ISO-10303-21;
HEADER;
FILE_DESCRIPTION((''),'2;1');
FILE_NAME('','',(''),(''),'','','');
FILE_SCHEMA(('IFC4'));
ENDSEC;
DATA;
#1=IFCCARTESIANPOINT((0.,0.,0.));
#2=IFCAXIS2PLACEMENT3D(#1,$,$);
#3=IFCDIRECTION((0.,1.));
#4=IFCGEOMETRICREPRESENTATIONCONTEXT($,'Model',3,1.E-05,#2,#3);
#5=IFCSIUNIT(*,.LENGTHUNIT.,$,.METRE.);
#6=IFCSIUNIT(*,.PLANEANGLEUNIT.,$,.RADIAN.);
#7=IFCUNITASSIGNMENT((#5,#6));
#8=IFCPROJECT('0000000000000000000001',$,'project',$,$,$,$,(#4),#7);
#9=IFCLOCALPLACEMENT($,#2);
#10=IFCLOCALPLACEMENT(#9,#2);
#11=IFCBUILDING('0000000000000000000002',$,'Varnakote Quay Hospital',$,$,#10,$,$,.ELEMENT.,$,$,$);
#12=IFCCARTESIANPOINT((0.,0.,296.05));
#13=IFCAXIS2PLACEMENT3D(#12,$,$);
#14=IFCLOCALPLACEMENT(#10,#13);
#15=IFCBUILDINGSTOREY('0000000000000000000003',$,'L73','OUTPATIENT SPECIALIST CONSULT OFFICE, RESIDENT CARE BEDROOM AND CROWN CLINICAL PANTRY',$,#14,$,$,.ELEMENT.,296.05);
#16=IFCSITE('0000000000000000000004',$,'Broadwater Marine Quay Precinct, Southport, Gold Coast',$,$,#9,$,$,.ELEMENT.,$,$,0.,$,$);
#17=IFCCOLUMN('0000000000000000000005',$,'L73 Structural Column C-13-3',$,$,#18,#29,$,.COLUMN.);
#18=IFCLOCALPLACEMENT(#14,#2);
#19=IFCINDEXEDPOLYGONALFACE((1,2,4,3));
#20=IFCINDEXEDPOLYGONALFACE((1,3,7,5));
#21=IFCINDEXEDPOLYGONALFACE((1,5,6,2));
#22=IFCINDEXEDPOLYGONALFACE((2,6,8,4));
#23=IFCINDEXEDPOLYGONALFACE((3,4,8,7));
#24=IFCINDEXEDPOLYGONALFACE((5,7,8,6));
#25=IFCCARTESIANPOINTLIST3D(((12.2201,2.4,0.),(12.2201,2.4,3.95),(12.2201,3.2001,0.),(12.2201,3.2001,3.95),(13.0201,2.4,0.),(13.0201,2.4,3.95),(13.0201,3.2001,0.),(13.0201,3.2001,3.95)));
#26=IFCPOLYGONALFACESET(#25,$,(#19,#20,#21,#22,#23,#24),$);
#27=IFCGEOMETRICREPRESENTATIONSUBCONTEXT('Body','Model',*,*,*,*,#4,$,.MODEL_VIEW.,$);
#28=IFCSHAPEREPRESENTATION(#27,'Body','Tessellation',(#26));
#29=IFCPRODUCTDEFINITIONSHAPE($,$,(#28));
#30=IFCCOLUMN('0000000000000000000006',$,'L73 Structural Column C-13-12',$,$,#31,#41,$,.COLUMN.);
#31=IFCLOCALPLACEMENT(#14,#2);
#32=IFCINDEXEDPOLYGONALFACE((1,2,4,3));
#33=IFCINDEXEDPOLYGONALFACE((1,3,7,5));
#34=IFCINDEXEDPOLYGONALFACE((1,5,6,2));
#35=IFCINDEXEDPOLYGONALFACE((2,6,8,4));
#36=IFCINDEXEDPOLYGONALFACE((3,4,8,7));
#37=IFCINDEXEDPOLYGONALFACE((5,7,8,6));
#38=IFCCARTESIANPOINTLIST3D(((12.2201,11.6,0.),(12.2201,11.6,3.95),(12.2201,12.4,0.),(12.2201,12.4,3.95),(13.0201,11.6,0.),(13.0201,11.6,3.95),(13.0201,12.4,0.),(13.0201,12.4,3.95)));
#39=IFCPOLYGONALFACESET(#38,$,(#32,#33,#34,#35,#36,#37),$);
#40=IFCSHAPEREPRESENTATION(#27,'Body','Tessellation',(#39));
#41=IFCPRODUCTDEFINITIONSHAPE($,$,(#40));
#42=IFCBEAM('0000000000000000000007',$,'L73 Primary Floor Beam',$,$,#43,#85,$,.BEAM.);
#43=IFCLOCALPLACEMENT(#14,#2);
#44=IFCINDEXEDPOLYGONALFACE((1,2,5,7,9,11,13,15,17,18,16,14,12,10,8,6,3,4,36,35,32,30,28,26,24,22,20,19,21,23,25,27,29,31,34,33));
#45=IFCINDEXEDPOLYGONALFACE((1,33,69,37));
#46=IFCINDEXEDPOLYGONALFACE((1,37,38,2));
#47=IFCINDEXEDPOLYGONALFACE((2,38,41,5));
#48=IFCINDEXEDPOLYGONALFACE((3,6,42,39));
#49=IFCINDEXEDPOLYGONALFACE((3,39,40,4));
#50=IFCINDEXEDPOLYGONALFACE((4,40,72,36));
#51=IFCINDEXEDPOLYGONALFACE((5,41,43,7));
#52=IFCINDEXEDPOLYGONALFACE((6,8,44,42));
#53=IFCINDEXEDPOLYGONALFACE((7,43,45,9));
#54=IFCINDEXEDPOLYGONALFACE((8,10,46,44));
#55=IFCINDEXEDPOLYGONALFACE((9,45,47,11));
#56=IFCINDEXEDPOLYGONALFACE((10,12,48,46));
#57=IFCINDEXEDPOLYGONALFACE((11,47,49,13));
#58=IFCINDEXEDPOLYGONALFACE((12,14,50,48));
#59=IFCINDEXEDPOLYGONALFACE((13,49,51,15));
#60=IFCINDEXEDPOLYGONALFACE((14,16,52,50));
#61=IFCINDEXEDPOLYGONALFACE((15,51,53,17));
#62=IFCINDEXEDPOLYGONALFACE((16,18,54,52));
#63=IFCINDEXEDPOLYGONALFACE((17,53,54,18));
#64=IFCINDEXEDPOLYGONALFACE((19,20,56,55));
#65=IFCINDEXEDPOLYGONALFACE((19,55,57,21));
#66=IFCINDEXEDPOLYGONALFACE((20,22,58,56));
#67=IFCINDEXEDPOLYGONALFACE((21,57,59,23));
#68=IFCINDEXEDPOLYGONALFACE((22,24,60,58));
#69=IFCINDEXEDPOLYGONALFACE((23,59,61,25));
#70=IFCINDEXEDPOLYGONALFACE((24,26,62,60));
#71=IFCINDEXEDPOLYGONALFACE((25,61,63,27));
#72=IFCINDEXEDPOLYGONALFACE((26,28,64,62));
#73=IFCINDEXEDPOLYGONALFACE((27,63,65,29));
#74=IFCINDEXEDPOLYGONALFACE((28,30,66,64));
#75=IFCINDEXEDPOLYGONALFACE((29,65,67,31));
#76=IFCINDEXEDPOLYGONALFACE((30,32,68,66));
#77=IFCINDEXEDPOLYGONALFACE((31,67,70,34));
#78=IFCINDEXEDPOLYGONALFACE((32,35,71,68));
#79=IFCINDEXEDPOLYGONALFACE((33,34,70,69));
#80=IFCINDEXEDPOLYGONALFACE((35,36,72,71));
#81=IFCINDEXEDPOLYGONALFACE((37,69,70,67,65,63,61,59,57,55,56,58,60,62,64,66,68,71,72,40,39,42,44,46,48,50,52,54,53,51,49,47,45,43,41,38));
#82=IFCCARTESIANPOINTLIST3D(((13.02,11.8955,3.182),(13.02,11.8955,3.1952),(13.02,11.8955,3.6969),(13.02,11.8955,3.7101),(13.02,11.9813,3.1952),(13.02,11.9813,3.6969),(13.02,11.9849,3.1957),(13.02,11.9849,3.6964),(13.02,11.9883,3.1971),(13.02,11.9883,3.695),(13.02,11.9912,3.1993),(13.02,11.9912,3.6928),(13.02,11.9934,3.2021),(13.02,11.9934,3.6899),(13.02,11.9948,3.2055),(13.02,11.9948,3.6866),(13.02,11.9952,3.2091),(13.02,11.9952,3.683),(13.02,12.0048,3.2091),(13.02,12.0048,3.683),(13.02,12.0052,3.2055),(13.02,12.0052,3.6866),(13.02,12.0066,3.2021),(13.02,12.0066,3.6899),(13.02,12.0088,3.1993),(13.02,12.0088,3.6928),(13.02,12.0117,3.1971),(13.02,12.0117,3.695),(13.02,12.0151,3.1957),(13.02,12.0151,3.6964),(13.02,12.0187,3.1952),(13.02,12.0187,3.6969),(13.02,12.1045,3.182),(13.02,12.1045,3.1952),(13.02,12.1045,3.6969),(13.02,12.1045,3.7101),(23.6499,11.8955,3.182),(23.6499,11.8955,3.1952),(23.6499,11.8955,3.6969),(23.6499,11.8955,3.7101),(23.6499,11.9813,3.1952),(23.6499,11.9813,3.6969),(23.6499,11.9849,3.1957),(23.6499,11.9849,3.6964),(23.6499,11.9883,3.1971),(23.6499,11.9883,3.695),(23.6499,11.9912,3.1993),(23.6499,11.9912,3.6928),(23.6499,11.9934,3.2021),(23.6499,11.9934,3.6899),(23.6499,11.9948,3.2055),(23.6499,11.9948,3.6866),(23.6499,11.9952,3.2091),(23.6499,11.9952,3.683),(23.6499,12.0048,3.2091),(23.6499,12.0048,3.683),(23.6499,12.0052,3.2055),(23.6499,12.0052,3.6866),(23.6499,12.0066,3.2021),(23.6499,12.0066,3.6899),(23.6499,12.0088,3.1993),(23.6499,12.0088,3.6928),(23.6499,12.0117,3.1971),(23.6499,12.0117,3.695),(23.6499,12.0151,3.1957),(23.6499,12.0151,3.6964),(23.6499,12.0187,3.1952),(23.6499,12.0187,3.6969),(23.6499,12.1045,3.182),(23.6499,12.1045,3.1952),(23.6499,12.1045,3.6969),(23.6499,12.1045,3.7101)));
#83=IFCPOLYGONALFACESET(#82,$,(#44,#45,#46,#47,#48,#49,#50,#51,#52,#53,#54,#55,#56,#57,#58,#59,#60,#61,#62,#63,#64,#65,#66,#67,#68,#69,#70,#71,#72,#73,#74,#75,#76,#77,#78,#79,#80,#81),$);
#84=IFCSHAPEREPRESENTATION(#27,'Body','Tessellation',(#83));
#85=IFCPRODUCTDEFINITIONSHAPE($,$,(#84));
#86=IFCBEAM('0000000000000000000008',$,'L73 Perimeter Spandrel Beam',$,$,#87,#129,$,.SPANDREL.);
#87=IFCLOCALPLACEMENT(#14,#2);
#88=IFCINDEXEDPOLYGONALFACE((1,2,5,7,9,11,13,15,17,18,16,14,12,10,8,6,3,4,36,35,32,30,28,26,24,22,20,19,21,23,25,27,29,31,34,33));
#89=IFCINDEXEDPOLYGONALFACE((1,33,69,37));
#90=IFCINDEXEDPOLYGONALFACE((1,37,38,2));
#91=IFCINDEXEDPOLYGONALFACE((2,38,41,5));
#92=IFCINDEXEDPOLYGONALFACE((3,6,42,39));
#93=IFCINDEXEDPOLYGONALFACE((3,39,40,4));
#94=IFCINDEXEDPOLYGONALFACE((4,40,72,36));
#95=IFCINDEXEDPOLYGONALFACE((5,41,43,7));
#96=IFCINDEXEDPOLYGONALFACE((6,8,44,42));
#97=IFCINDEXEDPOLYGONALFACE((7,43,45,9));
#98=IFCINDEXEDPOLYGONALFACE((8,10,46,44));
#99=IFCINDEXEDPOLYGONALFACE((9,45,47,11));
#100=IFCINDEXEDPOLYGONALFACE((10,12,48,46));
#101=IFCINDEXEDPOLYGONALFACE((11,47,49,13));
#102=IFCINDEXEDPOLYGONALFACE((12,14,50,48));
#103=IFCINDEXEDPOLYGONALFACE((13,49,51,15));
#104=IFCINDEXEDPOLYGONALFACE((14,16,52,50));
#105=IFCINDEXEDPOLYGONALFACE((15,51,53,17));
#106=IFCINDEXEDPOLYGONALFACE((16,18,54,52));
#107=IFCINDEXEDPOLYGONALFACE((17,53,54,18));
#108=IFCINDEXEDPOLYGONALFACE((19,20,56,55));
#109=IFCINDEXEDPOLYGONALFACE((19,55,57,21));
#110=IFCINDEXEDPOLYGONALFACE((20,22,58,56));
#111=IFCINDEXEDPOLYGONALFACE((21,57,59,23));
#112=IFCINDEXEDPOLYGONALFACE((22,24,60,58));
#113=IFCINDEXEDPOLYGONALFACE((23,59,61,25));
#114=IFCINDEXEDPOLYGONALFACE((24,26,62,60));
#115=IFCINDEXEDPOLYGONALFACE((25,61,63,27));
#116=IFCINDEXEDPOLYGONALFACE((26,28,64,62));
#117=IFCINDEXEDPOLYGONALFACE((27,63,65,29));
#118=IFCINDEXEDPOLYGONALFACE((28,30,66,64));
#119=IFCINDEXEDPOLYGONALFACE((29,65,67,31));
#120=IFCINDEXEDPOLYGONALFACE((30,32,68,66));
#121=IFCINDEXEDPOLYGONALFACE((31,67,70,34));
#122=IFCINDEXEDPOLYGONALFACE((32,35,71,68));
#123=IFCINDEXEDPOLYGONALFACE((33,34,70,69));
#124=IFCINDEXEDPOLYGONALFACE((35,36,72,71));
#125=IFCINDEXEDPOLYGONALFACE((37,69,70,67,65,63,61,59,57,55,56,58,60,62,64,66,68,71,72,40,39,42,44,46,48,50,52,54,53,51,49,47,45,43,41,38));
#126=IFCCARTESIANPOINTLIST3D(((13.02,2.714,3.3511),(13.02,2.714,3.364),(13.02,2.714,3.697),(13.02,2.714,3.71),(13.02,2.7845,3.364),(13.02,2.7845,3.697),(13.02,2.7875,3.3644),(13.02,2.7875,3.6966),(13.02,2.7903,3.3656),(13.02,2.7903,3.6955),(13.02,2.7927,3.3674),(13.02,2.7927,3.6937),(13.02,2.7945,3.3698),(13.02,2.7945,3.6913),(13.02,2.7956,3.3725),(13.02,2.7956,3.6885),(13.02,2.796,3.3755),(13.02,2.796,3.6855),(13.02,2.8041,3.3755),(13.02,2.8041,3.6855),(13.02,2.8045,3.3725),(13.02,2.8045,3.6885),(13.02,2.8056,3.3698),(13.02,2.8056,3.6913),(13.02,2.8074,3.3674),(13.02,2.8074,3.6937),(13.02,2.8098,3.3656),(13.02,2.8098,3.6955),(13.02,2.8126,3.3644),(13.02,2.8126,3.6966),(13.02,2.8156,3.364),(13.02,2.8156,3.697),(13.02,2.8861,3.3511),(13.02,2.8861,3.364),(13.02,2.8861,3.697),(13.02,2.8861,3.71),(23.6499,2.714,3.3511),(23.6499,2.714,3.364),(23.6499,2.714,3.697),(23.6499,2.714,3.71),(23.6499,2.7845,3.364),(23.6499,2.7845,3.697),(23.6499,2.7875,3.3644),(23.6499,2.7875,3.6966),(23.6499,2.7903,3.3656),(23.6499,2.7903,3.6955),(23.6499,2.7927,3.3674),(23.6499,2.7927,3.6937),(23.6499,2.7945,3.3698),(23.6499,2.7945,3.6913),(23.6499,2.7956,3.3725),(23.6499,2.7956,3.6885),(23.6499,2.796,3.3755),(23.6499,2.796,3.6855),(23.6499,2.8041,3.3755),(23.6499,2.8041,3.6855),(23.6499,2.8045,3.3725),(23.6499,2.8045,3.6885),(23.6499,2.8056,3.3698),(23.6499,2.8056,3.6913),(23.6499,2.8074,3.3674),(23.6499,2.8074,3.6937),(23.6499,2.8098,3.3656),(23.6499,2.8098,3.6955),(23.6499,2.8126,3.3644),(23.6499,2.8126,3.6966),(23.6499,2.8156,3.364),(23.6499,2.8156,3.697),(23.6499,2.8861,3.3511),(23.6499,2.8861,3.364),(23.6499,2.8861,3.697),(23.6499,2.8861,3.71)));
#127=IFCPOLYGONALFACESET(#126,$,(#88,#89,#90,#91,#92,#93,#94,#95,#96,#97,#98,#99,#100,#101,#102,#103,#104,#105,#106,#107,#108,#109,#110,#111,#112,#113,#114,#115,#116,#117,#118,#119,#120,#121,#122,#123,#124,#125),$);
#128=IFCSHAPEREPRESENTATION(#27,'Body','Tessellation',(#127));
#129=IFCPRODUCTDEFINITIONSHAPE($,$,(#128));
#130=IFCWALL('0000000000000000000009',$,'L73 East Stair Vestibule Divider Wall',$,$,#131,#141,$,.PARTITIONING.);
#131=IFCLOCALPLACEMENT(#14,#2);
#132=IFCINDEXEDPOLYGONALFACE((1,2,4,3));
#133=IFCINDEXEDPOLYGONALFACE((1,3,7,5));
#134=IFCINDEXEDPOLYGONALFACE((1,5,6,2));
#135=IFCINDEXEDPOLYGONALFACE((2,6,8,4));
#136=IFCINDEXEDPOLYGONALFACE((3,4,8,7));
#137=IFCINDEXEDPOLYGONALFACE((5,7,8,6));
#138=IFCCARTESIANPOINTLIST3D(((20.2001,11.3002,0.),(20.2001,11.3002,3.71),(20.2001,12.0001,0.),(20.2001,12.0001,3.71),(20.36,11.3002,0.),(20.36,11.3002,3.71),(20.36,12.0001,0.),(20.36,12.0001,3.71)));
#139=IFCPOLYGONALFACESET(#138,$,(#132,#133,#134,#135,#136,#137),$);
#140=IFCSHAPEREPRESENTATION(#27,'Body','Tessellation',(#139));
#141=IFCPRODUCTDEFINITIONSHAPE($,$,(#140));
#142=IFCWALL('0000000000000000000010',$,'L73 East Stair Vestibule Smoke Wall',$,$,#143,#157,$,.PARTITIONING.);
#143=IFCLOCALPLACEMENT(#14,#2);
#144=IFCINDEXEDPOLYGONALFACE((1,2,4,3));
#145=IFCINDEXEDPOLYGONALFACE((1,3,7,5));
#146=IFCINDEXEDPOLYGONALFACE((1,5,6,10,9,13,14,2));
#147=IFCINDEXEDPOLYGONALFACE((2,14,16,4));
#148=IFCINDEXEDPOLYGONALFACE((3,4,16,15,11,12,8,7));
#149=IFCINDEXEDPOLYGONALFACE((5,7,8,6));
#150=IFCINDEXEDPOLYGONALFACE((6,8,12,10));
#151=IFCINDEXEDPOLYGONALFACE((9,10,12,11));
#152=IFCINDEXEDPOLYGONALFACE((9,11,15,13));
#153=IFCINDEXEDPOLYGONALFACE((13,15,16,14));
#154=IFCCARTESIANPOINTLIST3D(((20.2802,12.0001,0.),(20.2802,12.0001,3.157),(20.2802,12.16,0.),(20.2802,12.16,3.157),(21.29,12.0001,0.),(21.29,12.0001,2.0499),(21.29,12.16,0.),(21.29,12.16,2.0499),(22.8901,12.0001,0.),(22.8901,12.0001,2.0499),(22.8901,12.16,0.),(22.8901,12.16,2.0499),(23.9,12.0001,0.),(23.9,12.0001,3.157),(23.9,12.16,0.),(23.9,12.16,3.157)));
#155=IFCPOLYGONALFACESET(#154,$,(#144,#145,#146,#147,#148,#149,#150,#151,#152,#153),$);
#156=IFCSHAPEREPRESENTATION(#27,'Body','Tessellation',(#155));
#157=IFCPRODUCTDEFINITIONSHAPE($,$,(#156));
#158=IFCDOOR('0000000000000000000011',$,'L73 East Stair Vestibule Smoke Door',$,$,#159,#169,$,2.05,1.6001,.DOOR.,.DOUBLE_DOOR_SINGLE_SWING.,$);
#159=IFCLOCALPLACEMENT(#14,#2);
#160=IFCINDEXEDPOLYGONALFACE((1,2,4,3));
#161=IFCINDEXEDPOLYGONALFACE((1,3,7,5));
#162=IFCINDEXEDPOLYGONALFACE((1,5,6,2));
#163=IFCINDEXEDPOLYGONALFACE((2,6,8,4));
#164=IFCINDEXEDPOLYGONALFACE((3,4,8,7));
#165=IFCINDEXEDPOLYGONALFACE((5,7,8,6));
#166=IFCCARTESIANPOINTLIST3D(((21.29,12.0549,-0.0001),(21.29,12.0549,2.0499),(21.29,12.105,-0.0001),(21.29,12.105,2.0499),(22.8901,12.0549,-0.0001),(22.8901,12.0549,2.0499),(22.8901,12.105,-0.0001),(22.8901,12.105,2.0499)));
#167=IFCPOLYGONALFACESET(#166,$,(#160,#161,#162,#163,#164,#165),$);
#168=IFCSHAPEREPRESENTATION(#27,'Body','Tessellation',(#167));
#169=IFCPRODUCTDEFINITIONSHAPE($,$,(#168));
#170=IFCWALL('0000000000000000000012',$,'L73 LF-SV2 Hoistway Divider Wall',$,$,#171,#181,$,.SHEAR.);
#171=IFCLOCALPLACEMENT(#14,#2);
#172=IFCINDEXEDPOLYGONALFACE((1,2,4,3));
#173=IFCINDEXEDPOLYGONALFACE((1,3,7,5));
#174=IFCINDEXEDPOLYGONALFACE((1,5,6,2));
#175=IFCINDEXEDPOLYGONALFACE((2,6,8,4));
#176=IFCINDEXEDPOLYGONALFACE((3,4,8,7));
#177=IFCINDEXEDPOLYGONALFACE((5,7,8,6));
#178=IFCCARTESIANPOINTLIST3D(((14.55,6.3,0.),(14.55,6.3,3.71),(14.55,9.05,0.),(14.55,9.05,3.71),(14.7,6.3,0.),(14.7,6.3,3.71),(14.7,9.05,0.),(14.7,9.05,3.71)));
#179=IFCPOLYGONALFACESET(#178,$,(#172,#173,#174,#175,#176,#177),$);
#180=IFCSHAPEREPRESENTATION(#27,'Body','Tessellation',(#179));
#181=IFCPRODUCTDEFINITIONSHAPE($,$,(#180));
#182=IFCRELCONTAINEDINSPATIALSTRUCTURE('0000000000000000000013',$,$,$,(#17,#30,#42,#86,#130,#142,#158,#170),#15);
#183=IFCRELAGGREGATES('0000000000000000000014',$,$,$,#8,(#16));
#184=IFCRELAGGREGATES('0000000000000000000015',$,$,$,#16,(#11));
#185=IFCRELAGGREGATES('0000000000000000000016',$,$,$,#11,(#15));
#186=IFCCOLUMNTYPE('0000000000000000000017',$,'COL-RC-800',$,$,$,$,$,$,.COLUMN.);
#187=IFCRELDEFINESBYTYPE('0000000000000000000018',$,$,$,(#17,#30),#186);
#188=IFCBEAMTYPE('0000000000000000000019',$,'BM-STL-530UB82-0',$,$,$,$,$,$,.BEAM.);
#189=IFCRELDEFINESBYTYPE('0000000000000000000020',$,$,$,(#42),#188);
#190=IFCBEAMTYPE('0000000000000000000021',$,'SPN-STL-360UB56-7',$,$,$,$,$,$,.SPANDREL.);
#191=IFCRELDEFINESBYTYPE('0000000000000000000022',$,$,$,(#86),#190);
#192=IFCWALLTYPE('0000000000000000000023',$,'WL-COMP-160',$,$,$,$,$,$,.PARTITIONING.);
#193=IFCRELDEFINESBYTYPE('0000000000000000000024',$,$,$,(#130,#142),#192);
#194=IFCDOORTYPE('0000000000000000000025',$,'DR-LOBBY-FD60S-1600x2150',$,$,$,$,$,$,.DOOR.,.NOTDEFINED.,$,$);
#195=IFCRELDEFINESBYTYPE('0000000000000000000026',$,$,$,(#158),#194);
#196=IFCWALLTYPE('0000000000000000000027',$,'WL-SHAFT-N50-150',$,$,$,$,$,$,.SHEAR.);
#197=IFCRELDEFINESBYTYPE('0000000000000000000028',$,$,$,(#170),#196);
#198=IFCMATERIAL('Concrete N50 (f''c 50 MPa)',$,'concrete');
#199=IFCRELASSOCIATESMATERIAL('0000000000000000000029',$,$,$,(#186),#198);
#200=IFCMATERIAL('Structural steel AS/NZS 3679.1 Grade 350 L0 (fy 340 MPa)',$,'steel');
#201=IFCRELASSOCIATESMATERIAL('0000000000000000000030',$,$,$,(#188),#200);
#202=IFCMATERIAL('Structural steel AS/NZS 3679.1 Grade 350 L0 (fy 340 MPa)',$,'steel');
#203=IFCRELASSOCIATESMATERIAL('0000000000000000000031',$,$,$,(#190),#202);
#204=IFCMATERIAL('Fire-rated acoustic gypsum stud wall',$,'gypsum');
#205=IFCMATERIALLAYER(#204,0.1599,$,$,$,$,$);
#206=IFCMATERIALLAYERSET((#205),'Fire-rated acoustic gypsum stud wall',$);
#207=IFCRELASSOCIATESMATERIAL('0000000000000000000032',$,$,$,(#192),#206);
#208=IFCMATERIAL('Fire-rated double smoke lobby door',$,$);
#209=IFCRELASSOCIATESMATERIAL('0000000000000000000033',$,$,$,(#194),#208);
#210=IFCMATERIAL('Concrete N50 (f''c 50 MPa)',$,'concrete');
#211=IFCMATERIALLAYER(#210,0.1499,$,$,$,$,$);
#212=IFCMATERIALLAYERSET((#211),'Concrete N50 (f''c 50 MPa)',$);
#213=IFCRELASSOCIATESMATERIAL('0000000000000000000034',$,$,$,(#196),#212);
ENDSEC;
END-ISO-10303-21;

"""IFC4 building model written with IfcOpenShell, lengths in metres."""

from ifc_helpers import new_model, si_unit, direction, frame, frame_2d, origin, origin_2d, place, context, subcontext, project, spatial, rectangle, i_section, extrude, material, layer, layer_set, material_profile, profile_set, type_object, element, fill, save


model = new_model("IFC4")

# Units and contexts
model_context = context("Model", 3, precision=1e-05, world=origin(), true_north=direction((0.0, 1.0)))
body_context = subcontext(model_context, "Body", "Model", "MODEL_VIEW")
ifc_project = project(units=[si_unit("LENGTHUNIT", "METRE"), si_unit("PLANEANGLEUNIT", "RADIAN")], contexts=[model_context])

# Site, building, storey
site_placement = place(None, origin())
site = spatial("IfcSite", under=ifc_project, at=site_placement, Name="Broadwater Marine Quay Precinct, Southport, Gold Coast", CompositionType="ELEMENT", RefElevation=0.0)
building_placement = place(site_placement, origin())
building = spatial("IfcBuilding", under=site, at=building_placement, Name="Varnakote Quay Hospital", CompositionType="ELEMENT")
storey_placement = place(building_placement, frame((0.0, 0.0, 296.05)))
storey = spatial("IfcBuildingStorey", under=building, at=storey_placement, Name="L73", Description="OUTPATIENT SPECIALIST CONSULT OFFICE, RESIDENT CARE BEDROOM AND CROWN CLINICAL PANTRY", CompositionType="ELEMENT", Elevation=296.05)

# Columns
ifc_material_1 = material(Name="Concrete N50 (f'c 50 MPa)", Category="concrete")
ifc_material_profile_1 = material_profile(ifc_material_1, rectangle(XDim=0.8, YDim=0.8, at=origin_2d()), Name="RC-COL-800x800")
ifc_profile_set_1 = profile_set([ifc_material_profile_1], Name="Concrete N50 (f'c 50 MPa)")
column_type = type_object("IfcColumnType", Name="COL-RC-800", PredefinedType="COLUMN", material=ifc_profile_set_1)
for number, where, z_axis, x_axis, name in (
    (1, (12.6201, 2.8, 0.0), (0.0, 0.0, 1.0), (1.0, 0.0, 0.0), "L73 Structural Column C-13-3"),
    (2, (12.6201, 12.0, 0.0), (0.0, 0.0, 1.0), (1.0, 0.0, 0.0), "L73 Structural Column C-13-12"),
):
    element("IfcColumn", number, at=place(storey_placement, frame(where, z_axis=z_axis, x_axis=x_axis)), inside=storey, type_object=column_type, Name=name, PredefinedType="COLUMN", context=body_context, shape_type="SweptSolid", body=[
        extrude(rectangle(XDim=0.8, YDim=0.8, at=origin_2d()), origin(), (0.0, 0.0, 1.0), 3.95),
    ])

# Beams
ifc_material_2 = material(Name="Structural steel AS/NZS 3679.1 Grade 350 L0 (fy 340 MPa)", Category="steel")
ifc_material_profile_2 = material_profile(ifc_material_2, i_section(OverallWidth=0.209, OverallDepth=0.5281, WebThickness=0.0095, FlangeThickness=0.0132, FilletRadius=0.0139, at=origin_2d()), Name="530UB82.0")
ifc_profile_set_2 = profile_set([ifc_material_profile_2], Name="Structural steel AS/NZS 3679.1 Grade 350 L0 (fy 340 MPa)")
beam_type_1 = type_object("IfcBeamType", Name="BM-STL-530UB82-0", PredefinedType="BEAM", material=ifc_profile_set_2)
beam_1_placement = place(storey_placement, frame((13.02, 12.0, 3.446), z_axis=(1.0, 0.0, 0.0), x_axis=(0.0, 1.0, 0.0)))
element("IfcBeam", 3, at=beam_1_placement, inside=storey, type_object=beam_type_1, Name="L73 Primary Floor Beam", PredefinedType="BEAM", context=body_context, shape_type="SweptSolid", body=[
    extrude(i_section(OverallWidth=0.209, OverallDepth=0.5281, WebThickness=0.0095, FlangeThickness=0.0132, FilletRadius=0.0139, at=origin_2d()), origin(), (0.0, 0.0, 1.0), 10.6299),
])
ifc_material_3 = material(Name="Structural steel AS/NZS 3679.1 Grade 350 L0 (fy 340 MPa)", Category="steel")
ifc_material_profile_3 = material_profile(ifc_material_3, i_section(OverallWidth=0.1721, OverallDepth=0.3589, WebThickness=0.0081, FlangeThickness=0.0129, FilletRadius=0.0115, at=origin_2d()), Name="360UB56.7")
ifc_profile_set_3 = profile_set([ifc_material_profile_3], Name="Structural steel AS/NZS 3679.1 Grade 350 L0 (fy 340 MPa)")
beam_type_2 = type_object("IfcBeamType", Name="SPN-STL-360UB56-7", PredefinedType="SPANDREL", material=ifc_profile_set_3)
beam_2_placement = place(storey_placement, frame((13.02, 2.8, 3.5305), z_axis=(1.0, 0.0, 0.0), x_axis=(0.0, 1.0, 0.0)))
element("IfcBeam", 4, at=beam_2_placement, inside=storey, type_object=beam_type_2, Name="L73 Perimeter Spandrel Beam", PredefinedType="SPANDREL", context=body_context, shape_type="SweptSolid", body=[
    extrude(i_section(OverallWidth=0.1721, OverallDepth=0.3589, WebThickness=0.0081, FlangeThickness=0.0129, FilletRadius=0.0115, at=origin_2d()), origin(), (0.0, 0.0, 1.0), 10.6299),
])

# Wall
ifc_material_4 = material(Name="Fire-rated acoustic gypsum stud wall", Category="gypsum")
ifc_layer_1 = layer(ifc_material_4, 0.1599)
ifc_layer_set_1 = layer_set([ifc_layer_1], Name="Fire-rated acoustic gypsum stud wall")
wall_type_1 = type_object("IfcWallType", Name="WL-COMP-160", PredefinedType="PARTITIONING", material=ifc_layer_set_1)
wall_1_placement = place(storey_placement, frame((20.28, 11.3, 0.0), z_axis=(0.0, 0.0, 1.0), x_axis=(0.0, 1.0, 0.0)))
element("IfcWall", 5, at=wall_1_placement, inside=storey, type_object=wall_type_1, Name="L73 East Stair Vestibule Divider Wall", PredefinedType="PARTITIONING", context=body_context, shape_type="SweptSolid", body=[
    extrude(rectangle(XDim=0.7, YDim=0.1599, at=frame_2d((0.3501, 0.0))), origin(), (0.0, 0.0, 1.0), 3.71),
])

# Wall, opening, door
wall_2_placement = place(storey_placement, frame((20.28, 12.0801, 0.0), z_axis=(0.0, 0.0, 1.0), x_axis=(1.0, 0.0, 0.0)))
wall_2 = element("IfcWall", 6, at=wall_2_placement, inside=storey, type_object=wall_type_1, Name="L73 East Stair Vestibule Smoke Wall", PredefinedType="PARTITIONING", context=body_context, shape_type="SweptSolid", body=[
    extrude(rectangle(XDim=3.6199, YDim=0.1599, at=frame_2d((1.8101, 0.0))), origin(), (0.0, 0.0, 1.0), 3.157),
])
opening_1_placement = place(wall_2_placement, frame((1.01, 0.0, 0.0)))
opening_1 = element("IfcOpeningElement", 7, at=opening_1_placement, cuts=wall_2, PredefinedType="OPENING", context=body_context, shape_type="SweptSolid", body=[
    extrude(rectangle(XDim=1.6001, YDim=2.05, at=frame_2d((0.8, 1.0249))), frame((0.0, 0.0898, 0.0), z_axis=(0.0, -1.0, 0.0), x_axis=(1.0, 0.0, 0.0)), (0.0, 0.0, 1.0), 0.1799),
])
ifc_material_5 = material(Name="Fire-rated double smoke lobby door")
door_type_1 = type_object("IfcDoorType", Name="DR-LOBBY-FD60S-1600x2150", OperationType="NOTDEFINED", PredefinedType="DOOR", material=ifc_material_5)
door_1_placement = place(opening_1_placement, origin())
door_1 = element("IfcDoor", 8, at=door_1_placement, inside=storey, type_object=door_type_1, Name="L73 East Stair Vestibule Smoke Door", OperationType="DOUBLE_DOOR_SINGLE_SWING", OverallHeight=2.05, OverallWidth=1.6001, PredefinedType="DOOR", context=body_context, shape_type="SweptSolid", body=[
    extrude(rectangle(XDim=1.6001, YDim=2.05, at=frame_2d((0.8, 1.0249))), frame((0.0, 0.0249, 0.0), z_axis=(0.0, -1.0, 0.0), x_axis=(1.0, 0.0, 0.0)), (0.0, 0.0, 1.0), 0.05),
])
fill(opening_1, door_1)

# Wall
ifc_material_6 = material(Name="Concrete N50 (f'c 50 MPa)", Category="concrete")
ifc_layer_2 = layer(ifc_material_6, 0.1499)
ifc_layer_set_2 = layer_set([ifc_layer_2], Name="Concrete N50 (f'c 50 MPa)")
wall_type_2 = type_object("IfcWallType", Name="WL-SHAFT-N50-150", PredefinedType="SHEAR", material=ifc_layer_set_2)
for number, where, z_axis, x_axis, name in (
    (9, (14.625, 6.3, 0.0), (0.0, 0.0, 1.0), (0.0, 1.0, 0.0), "L73 LF-SV2 Hoistway Divider Wall"),
):
    element("IfcWall", number, at=place(storey_placement, frame(where, z_axis=z_axis, x_axis=x_axis)), inside=storey, type_object=wall_type_2, Name=name, PredefinedType="SHEAR", context=body_context, shape_type="SweptSolid", body=[
        extrude(rectangle(XDim=2.75, YDim=0.1499, at=frame_2d((1.375, 0.0))), origin(), (0.0, 0.0, 1.0), 3.71),
    ])

save(model, "model.ifc")
